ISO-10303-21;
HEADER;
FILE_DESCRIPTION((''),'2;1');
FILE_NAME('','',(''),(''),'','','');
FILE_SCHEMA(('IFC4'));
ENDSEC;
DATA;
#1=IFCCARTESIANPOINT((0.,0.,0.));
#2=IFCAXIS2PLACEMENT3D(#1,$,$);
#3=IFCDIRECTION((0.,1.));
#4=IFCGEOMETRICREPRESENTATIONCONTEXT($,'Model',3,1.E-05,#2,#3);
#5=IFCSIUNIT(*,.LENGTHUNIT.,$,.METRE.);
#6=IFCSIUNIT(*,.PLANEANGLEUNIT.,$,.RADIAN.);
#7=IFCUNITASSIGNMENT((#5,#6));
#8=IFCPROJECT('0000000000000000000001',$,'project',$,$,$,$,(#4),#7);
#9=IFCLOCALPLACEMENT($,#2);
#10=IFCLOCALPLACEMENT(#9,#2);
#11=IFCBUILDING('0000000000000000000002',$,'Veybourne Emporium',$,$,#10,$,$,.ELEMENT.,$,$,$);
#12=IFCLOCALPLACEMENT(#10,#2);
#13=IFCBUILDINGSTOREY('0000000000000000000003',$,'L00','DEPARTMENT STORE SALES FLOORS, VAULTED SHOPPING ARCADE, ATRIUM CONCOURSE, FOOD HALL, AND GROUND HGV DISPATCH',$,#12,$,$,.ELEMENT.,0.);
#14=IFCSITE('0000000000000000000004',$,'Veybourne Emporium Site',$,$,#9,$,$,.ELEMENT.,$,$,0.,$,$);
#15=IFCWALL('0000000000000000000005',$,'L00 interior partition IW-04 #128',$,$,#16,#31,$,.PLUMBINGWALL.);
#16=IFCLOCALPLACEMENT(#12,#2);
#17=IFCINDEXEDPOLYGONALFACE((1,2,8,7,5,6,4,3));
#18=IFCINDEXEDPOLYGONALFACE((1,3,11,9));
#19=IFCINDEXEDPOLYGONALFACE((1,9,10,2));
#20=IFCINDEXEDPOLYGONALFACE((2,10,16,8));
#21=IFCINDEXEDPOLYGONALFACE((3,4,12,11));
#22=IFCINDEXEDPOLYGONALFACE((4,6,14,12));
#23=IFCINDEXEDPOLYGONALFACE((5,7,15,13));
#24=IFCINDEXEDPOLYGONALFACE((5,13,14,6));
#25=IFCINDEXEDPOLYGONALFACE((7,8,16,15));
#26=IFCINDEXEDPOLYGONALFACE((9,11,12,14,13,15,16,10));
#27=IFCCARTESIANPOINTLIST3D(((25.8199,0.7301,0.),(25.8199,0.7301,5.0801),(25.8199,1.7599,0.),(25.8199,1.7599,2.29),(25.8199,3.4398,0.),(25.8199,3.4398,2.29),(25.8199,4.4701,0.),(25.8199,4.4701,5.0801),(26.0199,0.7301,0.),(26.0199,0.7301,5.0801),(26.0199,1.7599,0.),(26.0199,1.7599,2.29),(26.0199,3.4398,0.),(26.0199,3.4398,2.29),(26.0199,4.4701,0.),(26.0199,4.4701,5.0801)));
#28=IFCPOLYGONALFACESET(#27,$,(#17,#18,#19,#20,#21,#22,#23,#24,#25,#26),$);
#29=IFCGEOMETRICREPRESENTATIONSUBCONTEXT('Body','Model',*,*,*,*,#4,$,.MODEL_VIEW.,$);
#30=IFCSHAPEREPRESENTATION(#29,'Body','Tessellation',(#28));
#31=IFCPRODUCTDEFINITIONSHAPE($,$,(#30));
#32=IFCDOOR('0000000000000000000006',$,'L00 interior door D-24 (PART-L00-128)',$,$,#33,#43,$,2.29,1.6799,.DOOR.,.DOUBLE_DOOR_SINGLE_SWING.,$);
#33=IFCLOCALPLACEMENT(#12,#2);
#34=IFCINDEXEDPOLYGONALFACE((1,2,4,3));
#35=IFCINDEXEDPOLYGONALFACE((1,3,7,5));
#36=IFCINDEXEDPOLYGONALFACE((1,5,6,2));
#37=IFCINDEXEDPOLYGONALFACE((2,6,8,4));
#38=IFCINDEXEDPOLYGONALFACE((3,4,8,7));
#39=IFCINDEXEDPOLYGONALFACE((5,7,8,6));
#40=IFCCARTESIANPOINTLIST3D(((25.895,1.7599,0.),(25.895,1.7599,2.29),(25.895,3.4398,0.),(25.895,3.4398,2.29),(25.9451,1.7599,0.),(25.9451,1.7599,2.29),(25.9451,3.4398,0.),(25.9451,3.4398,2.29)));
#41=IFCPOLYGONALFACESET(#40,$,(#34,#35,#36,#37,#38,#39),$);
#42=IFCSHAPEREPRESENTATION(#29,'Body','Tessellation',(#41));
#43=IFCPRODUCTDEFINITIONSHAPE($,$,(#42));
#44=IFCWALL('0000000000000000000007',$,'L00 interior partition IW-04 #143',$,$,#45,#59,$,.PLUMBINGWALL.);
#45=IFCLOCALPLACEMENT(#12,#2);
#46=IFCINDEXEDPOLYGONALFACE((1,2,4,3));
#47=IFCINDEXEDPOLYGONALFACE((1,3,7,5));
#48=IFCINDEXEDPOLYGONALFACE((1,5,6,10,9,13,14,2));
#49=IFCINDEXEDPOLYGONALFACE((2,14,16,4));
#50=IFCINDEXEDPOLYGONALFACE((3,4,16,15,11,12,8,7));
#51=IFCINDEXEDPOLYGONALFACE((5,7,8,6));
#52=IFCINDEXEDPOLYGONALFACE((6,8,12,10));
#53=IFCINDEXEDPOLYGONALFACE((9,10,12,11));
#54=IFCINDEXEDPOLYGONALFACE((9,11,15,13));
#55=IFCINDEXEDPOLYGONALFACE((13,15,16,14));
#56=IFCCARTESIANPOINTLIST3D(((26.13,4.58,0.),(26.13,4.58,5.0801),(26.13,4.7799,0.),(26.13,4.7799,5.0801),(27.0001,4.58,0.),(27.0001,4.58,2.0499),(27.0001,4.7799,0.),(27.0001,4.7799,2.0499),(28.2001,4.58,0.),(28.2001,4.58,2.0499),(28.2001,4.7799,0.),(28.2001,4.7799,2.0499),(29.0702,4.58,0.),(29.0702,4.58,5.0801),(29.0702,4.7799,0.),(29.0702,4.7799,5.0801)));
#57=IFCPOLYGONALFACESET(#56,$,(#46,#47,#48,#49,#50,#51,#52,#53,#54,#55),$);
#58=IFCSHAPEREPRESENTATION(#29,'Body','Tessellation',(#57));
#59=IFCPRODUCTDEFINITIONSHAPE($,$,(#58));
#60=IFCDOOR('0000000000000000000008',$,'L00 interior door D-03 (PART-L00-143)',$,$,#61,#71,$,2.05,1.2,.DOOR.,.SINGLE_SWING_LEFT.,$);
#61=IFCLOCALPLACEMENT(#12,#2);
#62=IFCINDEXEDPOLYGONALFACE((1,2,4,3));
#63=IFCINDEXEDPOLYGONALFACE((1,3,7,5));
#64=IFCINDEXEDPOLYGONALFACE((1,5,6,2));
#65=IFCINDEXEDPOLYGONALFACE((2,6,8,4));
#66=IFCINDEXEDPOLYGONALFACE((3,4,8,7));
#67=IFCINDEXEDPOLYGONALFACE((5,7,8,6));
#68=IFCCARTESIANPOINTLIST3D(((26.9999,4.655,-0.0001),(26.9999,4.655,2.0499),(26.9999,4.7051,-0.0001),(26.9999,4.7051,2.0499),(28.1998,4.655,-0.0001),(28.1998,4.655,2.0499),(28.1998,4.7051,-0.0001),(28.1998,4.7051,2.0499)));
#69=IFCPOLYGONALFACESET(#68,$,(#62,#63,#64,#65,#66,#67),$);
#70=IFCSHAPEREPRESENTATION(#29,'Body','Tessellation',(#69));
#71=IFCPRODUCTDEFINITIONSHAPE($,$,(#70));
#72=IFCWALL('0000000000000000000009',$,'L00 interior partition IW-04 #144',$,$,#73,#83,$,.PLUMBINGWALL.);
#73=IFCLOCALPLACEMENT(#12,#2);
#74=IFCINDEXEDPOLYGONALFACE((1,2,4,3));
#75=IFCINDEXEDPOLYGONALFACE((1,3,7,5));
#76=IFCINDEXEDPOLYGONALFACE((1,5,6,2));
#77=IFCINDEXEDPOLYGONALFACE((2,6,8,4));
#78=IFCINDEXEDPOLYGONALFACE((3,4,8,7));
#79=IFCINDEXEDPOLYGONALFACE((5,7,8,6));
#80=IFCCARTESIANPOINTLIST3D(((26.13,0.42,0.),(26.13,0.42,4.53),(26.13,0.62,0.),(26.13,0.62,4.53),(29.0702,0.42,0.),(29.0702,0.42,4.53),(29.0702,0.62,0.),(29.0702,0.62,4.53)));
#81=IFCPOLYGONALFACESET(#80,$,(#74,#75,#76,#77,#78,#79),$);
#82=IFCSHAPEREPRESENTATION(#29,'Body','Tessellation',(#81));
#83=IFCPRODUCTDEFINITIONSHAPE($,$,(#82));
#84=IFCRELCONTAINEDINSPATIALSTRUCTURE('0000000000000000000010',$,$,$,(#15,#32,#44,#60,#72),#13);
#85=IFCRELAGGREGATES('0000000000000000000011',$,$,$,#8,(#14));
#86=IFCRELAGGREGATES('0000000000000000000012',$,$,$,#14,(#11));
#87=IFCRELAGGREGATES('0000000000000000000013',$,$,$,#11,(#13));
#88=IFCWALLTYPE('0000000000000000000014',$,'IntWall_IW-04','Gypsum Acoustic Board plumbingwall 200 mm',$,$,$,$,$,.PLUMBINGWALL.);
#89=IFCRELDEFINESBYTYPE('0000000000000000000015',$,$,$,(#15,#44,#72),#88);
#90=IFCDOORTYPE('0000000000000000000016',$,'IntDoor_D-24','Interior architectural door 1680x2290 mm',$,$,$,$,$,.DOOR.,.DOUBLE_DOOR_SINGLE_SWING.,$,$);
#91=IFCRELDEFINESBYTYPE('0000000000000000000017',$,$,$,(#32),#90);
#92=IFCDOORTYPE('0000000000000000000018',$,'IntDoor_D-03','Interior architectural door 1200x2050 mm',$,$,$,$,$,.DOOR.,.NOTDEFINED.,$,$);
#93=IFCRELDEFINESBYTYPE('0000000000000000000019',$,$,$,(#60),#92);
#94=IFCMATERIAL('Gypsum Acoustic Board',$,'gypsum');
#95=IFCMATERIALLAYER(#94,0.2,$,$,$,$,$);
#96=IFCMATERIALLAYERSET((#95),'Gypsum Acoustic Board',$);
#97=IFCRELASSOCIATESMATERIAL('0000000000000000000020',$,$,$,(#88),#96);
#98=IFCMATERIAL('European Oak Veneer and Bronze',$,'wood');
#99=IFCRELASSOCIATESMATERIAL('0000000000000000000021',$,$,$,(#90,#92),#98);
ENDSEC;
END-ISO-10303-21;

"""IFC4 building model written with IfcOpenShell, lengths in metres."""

from ifc_helpers import new_model, si_unit, direction, frame, frame_2d, origin, place, context, subcontext, project, spatial, rectangle, extrude, material, layer, layer_set, type_object, element, fill, save


model = new_model("IFC4")

# Units and contexts
model_context = context("Model", 3, precision=1e-05, world=origin(), true_north=direction((0.0, 1.0)))
body_context = subcontext(model_context, "Body", "Model", "MODEL_VIEW")
ifc_project = project(units=[si_unit("LENGTHUNIT", "METRE"), si_unit("PLANEANGLEUNIT", "RADIAN")], contexts=[model_context])

# Site, building, storey
site_placement = place(None, origin())
site = spatial("IfcSite", under=ifc_project, at=site_placement, Name="Veybourne Emporium Site", CompositionType="ELEMENT", RefElevation=0.0)
building_placement = place(site_placement, origin())
building = spatial("IfcBuilding", under=site, at=building_placement, Name="Veybourne Emporium", CompositionType="ELEMENT")
storey_placement = place(building_placement, origin())
storey = spatial("IfcBuildingStorey", under=building, at=storey_placement, Name="L00", Description="DEPARTMENT STORE SALES FLOORS, VAULTED SHOPPING ARCADE, ATRIUM CONCOURSE, FOOD HALL, AND GROUND HGV DISPATCH", CompositionType="ELEMENT", Elevation=0.0)

# Shared definitions
ifc_material_1 = material(Name="Gypsum Acoustic Board", Category="gypsum")

# Walls, openings, doors
ifc_material_2 = material(Name="European Oak Veneer and Bronze", Category="wood")
ifc_layer_1 = layer(ifc_material_1, 0.2)
ifc_layer_set_1 = layer_set([ifc_layer_1], Name="Gypsum Acoustic Board")
wall_type_1 = type_object("IfcWallType", Name="IntWall_IW-04", Description="Gypsum Acoustic Board plumbingwall 200 mm", PredefinedType="PLUMBINGWALL", material=ifc_layer_set_1)
wall_1_placement = place(storey_placement, frame((25.9199, 0.73, 0.0), z_axis=(0.0, 0.0, 1.0), x_axis=(0.0, 1.0, 0.0)))
wall_1 = element("IfcWall", 1, at=wall_1_placement, inside=storey, type_object=wall_type_1, Name="L00 interior partition IW-04 #128", PredefinedType="PLUMBINGWALL", context=body_context, shape_type="SweptSolid", body=[
    extrude(rectangle(XDim=3.74, YDim=0.2, at=frame_2d((1.8701, 0.0))), origin(), (0.0, 0.0, 1.0), 5.0801),
])
opening_1_placement = place(wall_1_placement, frame((1.03, 0.0, 0.0)))
opening_1 = element("IfcOpeningElement", 2, at=opening_1_placement, cuts=wall_1, PredefinedType="OPENING", context=body_context, shape_type="SweptSolid", body=[
    extrude(rectangle(XDim=1.6799, YDim=2.29, at=frame_2d((0.8398, 1.145))), frame((0.0, 0.1201, 0.0), z_axis=(0.0, -1.0, 0.0), x_axis=(1.0, 0.0, 0.0)), (0.0, 0.0, 1.0), 0.24),
])
door_type_1 = type_object("IfcDoorType", Name="IntDoor_D-24", Description="Interior architectural door 1680x2290 mm", OperationType="DOUBLE_DOOR_SINGLE_SWING", PredefinedType="DOOR", material=ifc_material_2)
door_1_placement = place(opening_1_placement, origin())
door_1 = element("IfcDoor", 3, at=door_1_placement, inside=storey, type_object=door_type_1, Name="L00 interior door D-24 (PART-L00-128)", OperationType="DOUBLE_DOOR_SINGLE_SWING", OverallHeight=2.29, OverallWidth=1.6799, PredefinedType="DOOR", context=body_context, shape_type="SweptSolid", body=[
    extrude(rectangle(XDim=1.6799, YDim=2.29, at=frame_2d((0.8398, 1.145))), frame((0.0, 0.0249, 0.0), z_axis=(0.0, -1.0, 0.0), x_axis=(1.0, 0.0, 0.0)), (0.0, 0.0, 1.0), 0.05),
])
fill(opening_1, door_1)
wall_2_placement = place(storey_placement, frame((26.1299, 4.6799, 0.0), z_axis=(0.0, 0.0, 1.0), x_axis=(1.0, 0.0, 0.0)))
wall_2 = element("IfcWall", 4, at=wall_2_placement, inside=storey, type_object=wall_type_1, Name="L00 interior partition IW-04 #143", PredefinedType="PLUMBINGWALL", context=body_context, shape_type="SweptSolid", body=[
    extrude(rectangle(XDim=2.9402, YDim=0.2, at=frame_2d((1.4702, 0.0))), origin(), (0.0, 0.0, 1.0), 5.0801),
])
opening_2_placement = place(wall_2_placement, frame((0.8701, 0.0, 0.0)))
opening_2 = element("IfcOpeningElement", 5, at=opening_2_placement, cuts=wall_2, PredefinedType="OPENING", context=body_context, shape_type="SweptSolid", body=[
    extrude(rectangle(XDim=1.2, YDim=2.05, at=frame_2d((0.6001, 1.0249))), frame((0.0, 0.1201, 0.0), z_axis=(0.0, -1.0, 0.0), x_axis=(1.0, 0.0, 0.0)), (0.0, 0.0, 1.0), 0.24),
])
door_type_2 = type_object("IfcDoorType", Name="IntDoor_D-03", Description="Interior architectural door 1200x2050 mm", OperationType="NOTDEFINED", PredefinedType="DOOR", material=ifc_material_2)
door_2_placement = place(opening_2_placement, frame((1.2, 0.0, 0.0), z_axis=(0.0, 0.0, 1.0), x_axis=(-1.0, 0.0, 0.0)))
door_2 = element("IfcDoor", 6, at=door_2_placement, inside=storey, type_object=door_type_2, Name="L00 interior door D-03 (PART-L00-143)", OperationType="SINGLE_SWING_LEFT", OverallHeight=2.05, OverallWidth=1.2, PredefinedType="DOOR", context=body_context, shape_type="SweptSolid", body=[
    extrude(rectangle(XDim=1.2, YDim=2.05, at=frame_2d((0.6001, 1.0249))), frame((0.0, 0.0249, 0.0), z_axis=(0.0, -1.0, 0.0), x_axis=(1.0, 0.0, 0.0)), (0.0, 0.0, 1.0), 0.05),
])
fill(opening_2, door_2)

# Wall
wall_3_placement = place(storey_placement, frame((26.1299, 0.52, 0.0), z_axis=(0.0, 0.0, 1.0), x_axis=(1.0, 0.0, 0.0)))
element("IfcWall", 7, at=wall_3_placement, inside=storey, type_object=wall_type_1, Name="L00 interior partition IW-04 #144", PredefinedType="PLUMBINGWALL", context=body_context, shape_type="SweptSolid", body=[
    extrude(rectangle(XDim=2.9402, YDim=0.2, at=frame_2d((1.4702, 0.0))), origin(), (0.0, 0.0, 1.0), 4.53),
])

save(model, "model.ifc")
